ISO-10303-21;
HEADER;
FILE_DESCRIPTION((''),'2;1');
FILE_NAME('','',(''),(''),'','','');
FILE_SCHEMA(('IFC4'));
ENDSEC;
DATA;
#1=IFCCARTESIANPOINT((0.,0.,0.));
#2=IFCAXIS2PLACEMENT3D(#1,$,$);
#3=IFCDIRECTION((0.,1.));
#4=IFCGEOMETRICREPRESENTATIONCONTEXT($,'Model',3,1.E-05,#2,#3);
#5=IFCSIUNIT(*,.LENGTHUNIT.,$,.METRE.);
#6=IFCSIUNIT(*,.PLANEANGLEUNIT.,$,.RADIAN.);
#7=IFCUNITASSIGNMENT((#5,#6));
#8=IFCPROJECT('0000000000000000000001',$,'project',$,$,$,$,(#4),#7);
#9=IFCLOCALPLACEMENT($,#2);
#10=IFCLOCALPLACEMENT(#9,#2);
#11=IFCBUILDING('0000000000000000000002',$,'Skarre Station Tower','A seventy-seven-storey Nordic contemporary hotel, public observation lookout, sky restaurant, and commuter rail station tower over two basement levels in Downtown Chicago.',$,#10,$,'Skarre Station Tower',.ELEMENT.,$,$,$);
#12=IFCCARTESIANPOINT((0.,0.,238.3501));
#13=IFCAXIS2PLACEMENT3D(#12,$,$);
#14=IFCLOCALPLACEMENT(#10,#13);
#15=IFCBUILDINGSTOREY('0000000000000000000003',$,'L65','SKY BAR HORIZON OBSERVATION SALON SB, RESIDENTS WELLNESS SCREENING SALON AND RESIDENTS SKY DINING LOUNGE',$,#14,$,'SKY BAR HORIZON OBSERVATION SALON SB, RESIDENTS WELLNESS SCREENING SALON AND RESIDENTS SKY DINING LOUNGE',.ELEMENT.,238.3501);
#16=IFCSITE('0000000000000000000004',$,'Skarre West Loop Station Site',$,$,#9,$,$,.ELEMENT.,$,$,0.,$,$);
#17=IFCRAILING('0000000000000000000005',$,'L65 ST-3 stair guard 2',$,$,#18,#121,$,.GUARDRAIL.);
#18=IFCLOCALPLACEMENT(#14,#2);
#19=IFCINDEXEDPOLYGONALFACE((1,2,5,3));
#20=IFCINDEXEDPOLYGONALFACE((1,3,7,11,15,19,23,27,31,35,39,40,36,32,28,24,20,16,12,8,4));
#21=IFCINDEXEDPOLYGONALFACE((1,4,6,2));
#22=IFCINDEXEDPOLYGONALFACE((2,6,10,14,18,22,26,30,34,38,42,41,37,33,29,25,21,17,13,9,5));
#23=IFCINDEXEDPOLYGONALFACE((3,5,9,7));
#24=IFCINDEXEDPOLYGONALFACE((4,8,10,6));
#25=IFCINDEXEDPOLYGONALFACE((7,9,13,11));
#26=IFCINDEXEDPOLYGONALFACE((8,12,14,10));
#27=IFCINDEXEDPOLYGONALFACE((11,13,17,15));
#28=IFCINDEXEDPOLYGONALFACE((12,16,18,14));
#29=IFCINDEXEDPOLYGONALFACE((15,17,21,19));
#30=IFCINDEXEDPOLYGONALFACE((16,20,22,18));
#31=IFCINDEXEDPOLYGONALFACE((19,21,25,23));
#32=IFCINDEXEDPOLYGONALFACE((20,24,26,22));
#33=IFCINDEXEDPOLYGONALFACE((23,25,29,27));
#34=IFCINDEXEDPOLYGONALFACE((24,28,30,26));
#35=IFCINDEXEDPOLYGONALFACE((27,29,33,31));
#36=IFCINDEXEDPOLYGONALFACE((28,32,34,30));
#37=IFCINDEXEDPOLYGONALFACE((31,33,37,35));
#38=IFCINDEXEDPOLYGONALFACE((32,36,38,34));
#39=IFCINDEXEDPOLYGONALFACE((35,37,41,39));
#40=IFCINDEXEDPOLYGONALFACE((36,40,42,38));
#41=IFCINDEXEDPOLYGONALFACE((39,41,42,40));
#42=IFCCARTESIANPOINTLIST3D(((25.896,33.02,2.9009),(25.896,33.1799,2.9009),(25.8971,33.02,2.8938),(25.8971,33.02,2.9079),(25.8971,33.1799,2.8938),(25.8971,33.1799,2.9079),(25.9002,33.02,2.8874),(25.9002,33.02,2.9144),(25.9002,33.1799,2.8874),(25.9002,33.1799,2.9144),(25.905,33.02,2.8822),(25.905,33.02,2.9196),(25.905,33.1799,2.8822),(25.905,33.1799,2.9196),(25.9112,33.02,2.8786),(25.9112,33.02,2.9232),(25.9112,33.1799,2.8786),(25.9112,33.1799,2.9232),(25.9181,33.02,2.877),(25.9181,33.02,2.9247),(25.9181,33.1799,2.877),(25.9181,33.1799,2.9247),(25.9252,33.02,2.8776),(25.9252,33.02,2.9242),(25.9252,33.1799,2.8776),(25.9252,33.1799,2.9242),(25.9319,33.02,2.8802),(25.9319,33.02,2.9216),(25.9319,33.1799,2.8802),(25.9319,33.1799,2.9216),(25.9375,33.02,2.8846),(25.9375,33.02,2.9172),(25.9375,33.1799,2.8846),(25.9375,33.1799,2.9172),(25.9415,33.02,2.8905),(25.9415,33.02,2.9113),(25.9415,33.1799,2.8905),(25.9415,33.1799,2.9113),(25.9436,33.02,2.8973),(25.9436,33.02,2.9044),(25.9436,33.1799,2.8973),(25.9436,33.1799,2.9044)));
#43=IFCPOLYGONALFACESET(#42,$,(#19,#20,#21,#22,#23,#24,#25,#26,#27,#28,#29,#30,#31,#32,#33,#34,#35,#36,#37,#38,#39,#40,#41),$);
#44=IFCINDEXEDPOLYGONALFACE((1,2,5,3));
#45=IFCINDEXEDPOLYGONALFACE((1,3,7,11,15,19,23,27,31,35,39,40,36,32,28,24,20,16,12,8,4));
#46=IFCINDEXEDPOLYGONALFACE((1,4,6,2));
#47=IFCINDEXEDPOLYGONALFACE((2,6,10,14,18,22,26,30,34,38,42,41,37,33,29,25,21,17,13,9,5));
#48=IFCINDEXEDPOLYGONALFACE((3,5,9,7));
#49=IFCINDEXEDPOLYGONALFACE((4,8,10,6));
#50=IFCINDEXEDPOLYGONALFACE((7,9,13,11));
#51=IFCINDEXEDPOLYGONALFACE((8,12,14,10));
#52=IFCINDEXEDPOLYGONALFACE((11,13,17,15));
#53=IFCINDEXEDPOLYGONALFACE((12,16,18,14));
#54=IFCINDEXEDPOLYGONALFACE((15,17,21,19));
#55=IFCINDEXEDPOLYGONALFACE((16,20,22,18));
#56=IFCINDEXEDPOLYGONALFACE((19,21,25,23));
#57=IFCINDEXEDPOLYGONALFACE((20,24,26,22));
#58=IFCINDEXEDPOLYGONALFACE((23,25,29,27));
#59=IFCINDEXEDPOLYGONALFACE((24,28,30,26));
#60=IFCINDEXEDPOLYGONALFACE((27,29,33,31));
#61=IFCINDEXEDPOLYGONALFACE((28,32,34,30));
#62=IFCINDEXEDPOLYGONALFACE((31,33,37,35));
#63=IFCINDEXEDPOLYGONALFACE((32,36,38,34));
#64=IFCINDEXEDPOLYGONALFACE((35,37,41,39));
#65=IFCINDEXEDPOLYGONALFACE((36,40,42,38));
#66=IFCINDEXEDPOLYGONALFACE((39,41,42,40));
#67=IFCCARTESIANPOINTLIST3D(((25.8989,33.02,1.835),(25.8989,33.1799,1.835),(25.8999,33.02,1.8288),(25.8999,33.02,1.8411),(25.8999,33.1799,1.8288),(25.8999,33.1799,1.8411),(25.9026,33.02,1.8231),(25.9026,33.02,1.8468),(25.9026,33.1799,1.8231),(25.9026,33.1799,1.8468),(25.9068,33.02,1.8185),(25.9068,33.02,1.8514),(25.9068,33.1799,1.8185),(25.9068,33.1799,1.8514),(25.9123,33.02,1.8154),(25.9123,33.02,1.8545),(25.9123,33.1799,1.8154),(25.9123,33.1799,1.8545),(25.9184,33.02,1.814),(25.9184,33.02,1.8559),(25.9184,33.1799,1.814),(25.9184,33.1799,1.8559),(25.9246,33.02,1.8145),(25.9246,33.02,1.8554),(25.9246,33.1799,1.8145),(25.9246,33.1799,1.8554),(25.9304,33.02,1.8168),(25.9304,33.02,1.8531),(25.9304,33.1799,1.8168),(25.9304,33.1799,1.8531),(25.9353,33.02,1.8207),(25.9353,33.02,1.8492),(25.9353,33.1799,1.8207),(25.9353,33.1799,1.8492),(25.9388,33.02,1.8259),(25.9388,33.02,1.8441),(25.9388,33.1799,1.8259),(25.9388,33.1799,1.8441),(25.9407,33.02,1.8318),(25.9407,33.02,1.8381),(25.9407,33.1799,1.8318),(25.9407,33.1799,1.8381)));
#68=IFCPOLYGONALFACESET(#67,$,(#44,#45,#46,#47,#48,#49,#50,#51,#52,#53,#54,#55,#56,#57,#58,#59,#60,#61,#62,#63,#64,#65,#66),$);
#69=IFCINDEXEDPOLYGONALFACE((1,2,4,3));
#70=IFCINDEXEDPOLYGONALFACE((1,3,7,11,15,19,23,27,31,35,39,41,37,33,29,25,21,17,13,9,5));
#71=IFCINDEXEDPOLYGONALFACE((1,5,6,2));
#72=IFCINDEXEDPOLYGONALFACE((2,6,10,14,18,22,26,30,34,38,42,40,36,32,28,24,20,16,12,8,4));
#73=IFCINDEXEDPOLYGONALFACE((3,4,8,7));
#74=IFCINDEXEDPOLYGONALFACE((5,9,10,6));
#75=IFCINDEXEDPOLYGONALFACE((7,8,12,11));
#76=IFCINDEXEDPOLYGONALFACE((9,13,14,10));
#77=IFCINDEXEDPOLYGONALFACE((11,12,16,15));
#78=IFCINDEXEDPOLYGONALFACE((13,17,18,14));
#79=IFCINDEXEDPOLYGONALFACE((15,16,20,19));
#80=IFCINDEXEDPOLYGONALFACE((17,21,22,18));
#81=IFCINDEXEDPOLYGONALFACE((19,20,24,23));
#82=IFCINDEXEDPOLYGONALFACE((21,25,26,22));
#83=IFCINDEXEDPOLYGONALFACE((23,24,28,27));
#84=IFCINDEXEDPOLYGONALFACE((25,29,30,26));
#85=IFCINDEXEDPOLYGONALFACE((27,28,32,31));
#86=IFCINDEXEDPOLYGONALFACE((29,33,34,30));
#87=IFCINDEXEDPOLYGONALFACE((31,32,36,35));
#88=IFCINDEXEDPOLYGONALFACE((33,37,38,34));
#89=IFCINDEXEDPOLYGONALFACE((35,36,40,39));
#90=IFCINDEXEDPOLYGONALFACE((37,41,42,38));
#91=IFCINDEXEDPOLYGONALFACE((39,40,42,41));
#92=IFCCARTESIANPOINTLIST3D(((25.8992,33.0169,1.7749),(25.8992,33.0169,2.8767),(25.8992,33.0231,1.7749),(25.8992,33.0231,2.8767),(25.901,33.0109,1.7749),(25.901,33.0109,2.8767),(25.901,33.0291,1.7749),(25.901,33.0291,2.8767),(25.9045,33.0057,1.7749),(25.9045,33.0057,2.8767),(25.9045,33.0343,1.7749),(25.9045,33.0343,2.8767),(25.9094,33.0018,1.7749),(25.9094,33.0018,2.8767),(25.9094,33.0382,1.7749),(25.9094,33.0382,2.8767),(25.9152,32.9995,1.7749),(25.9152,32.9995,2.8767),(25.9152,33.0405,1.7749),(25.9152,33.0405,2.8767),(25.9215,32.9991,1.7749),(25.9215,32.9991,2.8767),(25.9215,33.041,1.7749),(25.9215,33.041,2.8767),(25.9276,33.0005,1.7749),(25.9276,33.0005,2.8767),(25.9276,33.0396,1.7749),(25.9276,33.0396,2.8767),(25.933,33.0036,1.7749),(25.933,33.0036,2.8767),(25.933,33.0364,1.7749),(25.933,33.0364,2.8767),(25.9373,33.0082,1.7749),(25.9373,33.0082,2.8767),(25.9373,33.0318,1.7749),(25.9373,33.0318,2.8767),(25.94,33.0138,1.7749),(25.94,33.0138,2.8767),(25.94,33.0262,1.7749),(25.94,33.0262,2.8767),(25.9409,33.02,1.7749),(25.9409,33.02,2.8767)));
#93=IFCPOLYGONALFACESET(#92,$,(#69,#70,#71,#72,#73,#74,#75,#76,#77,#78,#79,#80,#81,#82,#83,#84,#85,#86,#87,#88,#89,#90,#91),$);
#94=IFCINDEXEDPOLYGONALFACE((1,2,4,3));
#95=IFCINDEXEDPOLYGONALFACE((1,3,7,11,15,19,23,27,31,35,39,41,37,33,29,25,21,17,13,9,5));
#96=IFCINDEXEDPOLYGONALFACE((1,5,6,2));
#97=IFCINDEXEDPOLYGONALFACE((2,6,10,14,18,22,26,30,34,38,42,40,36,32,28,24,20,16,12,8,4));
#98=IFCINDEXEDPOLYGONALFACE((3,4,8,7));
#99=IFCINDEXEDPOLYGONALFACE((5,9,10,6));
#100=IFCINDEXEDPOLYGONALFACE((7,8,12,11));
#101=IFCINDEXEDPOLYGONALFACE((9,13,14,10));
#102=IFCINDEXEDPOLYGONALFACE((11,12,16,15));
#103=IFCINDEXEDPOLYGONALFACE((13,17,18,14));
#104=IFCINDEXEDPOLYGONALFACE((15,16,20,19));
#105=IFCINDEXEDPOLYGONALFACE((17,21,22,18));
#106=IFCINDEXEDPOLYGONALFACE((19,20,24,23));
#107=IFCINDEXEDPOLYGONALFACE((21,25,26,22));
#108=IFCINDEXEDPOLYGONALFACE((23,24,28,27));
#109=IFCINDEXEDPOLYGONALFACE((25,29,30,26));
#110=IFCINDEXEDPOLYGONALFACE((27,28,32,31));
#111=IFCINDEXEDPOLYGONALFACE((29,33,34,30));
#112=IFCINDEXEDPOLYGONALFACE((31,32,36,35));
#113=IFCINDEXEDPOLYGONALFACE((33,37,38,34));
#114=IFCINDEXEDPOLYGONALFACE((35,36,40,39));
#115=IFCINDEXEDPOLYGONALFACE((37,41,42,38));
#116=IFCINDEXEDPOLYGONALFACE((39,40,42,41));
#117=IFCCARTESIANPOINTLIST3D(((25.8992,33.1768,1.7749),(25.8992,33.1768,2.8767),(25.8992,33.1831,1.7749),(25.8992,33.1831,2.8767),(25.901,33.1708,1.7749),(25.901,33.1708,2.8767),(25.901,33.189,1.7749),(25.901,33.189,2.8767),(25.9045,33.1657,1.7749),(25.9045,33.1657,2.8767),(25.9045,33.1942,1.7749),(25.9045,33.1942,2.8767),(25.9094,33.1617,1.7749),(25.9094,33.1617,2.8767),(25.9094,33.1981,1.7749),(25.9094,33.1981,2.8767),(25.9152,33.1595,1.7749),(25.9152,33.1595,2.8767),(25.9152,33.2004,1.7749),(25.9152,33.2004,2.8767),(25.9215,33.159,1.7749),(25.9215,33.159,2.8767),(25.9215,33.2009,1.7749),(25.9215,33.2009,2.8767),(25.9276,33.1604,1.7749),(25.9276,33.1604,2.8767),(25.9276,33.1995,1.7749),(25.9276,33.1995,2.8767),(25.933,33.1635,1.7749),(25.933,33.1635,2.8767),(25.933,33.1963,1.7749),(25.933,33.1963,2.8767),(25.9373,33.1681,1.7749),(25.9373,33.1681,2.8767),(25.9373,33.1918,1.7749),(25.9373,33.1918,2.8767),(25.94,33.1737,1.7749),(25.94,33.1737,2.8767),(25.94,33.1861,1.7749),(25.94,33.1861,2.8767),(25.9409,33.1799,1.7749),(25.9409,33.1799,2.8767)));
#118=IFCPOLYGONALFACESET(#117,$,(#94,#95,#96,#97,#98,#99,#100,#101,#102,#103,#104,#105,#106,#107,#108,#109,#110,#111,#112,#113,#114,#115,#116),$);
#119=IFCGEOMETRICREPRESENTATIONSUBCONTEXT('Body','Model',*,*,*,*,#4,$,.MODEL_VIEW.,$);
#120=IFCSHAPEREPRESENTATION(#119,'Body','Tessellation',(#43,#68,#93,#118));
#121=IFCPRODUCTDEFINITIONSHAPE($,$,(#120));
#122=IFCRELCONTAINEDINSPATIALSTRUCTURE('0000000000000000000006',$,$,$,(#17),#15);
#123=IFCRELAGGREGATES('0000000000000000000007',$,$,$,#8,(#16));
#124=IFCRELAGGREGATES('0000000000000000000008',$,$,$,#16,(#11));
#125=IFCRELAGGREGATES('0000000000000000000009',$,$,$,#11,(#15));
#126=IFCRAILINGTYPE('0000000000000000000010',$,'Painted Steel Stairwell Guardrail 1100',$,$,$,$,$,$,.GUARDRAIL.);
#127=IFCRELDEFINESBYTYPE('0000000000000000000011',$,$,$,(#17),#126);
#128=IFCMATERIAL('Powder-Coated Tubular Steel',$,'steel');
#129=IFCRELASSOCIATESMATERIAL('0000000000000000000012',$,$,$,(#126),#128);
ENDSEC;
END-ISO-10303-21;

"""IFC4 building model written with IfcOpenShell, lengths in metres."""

from ifc_helpers import new_model, si_unit, direction, frame, origin, origin_2d, place, context, subcontext, project, spatial, circle, extrude, material, type_object, element, save


model = new_model("IFC4")

# Units and contexts
model_context = context("Model", 3, precision=1e-05, world=origin(), true_north=direction((0.0, 1.0)))
body_context = subcontext(model_context, "Body", "Model", "MODEL_VIEW")
ifc_project = project(units=[si_unit("LENGTHUNIT", "METRE"), si_unit("PLANEANGLEUNIT", "RADIAN")], contexts=[model_context])

# Site, building, storey
site_placement = place(None, origin())
site = spatial("IfcSite", under=ifc_project, at=site_placement, Name="Skarre West Loop Station Site", CompositionType="ELEMENT", RefElevation=0.0)
building_placement = place(site_placement, origin())
building = spatial("IfcBuilding", under=site, at=building_placement, Name="Skarre Station Tower", Description="A seventy-seven-storey Nordic contemporary hotel, public observation lookout, sky restaurant, and commuter rail station tower over two basement levels in Downtown Chicago.", LongName="Skarre Station Tower", CompositionType="ELEMENT")
storey_placement = place(building_placement, frame((0.0, 0.0, 238.3501)))
storey = spatial("IfcBuildingStorey", under=building, at=storey_placement, Name="L65", Description="SKY BAR HORIZON OBSERVATION SALON SB, RESIDENTS WELLNESS SCREENING SALON AND RESIDENTS SKY DINING LOUNGE", LongName="SKY BAR HORIZON OBSERVATION SALON SB, RESIDENTS WELLNESS SCREENING SALON AND RESIDENTS SKY DINING LOUNGE", CompositionType="ELEMENT", Elevation=238.3501)

# Railing
ifc_material_1 = material(Name="Powder-Coated Tubular Steel", Category="steel")
railing_type_1 = type_object("IfcRailingType", Name="Painted Steel Stairwell Guardrail 1100", PredefinedType="GUARDRAIL", material=ifc_material_1)
railing_1_placement = place(storey_placement, frame((25.9199, 33.02, 1.7749)))
element("IfcRailing", 1, at=railing_1_placement, inside=storey, type_object=railing_type_1, Name="L65 ST-3 stair guard 2", PredefinedType="GUARDRAIL", context=body_context, shape_type="SweptSolid", body=[
    extrude(circle(Radius=0.0239, at=origin_2d()), frame((0.0, 0.0, 1.126), z_axis=(0.0, 1.0, 0.0), x_axis=(-1.0, 0.0, 0.0)), (0.0, 0.0, 1.0), 0.1599),
    extrude(circle(Radius=0.021, at=origin_2d()), frame((0.0, 0.0, 0.0601), z_axis=(0.0, 1.0, 0.0), x_axis=(-1.0, 0.0, 0.0)), (0.0, 0.0, 1.0), 0.1599),
    extrude(circle(Radius=0.021, at=origin_2d()), origin(), (0.0, 0.0, 1.0), 1.1018),
    extrude(circle(Radius=0.021, at=origin_2d()), frame((0.0, 0.1599, 0.0)), (0.0, 0.0, 1.0), 1.1018),
])

save(model, "model.ifc")
